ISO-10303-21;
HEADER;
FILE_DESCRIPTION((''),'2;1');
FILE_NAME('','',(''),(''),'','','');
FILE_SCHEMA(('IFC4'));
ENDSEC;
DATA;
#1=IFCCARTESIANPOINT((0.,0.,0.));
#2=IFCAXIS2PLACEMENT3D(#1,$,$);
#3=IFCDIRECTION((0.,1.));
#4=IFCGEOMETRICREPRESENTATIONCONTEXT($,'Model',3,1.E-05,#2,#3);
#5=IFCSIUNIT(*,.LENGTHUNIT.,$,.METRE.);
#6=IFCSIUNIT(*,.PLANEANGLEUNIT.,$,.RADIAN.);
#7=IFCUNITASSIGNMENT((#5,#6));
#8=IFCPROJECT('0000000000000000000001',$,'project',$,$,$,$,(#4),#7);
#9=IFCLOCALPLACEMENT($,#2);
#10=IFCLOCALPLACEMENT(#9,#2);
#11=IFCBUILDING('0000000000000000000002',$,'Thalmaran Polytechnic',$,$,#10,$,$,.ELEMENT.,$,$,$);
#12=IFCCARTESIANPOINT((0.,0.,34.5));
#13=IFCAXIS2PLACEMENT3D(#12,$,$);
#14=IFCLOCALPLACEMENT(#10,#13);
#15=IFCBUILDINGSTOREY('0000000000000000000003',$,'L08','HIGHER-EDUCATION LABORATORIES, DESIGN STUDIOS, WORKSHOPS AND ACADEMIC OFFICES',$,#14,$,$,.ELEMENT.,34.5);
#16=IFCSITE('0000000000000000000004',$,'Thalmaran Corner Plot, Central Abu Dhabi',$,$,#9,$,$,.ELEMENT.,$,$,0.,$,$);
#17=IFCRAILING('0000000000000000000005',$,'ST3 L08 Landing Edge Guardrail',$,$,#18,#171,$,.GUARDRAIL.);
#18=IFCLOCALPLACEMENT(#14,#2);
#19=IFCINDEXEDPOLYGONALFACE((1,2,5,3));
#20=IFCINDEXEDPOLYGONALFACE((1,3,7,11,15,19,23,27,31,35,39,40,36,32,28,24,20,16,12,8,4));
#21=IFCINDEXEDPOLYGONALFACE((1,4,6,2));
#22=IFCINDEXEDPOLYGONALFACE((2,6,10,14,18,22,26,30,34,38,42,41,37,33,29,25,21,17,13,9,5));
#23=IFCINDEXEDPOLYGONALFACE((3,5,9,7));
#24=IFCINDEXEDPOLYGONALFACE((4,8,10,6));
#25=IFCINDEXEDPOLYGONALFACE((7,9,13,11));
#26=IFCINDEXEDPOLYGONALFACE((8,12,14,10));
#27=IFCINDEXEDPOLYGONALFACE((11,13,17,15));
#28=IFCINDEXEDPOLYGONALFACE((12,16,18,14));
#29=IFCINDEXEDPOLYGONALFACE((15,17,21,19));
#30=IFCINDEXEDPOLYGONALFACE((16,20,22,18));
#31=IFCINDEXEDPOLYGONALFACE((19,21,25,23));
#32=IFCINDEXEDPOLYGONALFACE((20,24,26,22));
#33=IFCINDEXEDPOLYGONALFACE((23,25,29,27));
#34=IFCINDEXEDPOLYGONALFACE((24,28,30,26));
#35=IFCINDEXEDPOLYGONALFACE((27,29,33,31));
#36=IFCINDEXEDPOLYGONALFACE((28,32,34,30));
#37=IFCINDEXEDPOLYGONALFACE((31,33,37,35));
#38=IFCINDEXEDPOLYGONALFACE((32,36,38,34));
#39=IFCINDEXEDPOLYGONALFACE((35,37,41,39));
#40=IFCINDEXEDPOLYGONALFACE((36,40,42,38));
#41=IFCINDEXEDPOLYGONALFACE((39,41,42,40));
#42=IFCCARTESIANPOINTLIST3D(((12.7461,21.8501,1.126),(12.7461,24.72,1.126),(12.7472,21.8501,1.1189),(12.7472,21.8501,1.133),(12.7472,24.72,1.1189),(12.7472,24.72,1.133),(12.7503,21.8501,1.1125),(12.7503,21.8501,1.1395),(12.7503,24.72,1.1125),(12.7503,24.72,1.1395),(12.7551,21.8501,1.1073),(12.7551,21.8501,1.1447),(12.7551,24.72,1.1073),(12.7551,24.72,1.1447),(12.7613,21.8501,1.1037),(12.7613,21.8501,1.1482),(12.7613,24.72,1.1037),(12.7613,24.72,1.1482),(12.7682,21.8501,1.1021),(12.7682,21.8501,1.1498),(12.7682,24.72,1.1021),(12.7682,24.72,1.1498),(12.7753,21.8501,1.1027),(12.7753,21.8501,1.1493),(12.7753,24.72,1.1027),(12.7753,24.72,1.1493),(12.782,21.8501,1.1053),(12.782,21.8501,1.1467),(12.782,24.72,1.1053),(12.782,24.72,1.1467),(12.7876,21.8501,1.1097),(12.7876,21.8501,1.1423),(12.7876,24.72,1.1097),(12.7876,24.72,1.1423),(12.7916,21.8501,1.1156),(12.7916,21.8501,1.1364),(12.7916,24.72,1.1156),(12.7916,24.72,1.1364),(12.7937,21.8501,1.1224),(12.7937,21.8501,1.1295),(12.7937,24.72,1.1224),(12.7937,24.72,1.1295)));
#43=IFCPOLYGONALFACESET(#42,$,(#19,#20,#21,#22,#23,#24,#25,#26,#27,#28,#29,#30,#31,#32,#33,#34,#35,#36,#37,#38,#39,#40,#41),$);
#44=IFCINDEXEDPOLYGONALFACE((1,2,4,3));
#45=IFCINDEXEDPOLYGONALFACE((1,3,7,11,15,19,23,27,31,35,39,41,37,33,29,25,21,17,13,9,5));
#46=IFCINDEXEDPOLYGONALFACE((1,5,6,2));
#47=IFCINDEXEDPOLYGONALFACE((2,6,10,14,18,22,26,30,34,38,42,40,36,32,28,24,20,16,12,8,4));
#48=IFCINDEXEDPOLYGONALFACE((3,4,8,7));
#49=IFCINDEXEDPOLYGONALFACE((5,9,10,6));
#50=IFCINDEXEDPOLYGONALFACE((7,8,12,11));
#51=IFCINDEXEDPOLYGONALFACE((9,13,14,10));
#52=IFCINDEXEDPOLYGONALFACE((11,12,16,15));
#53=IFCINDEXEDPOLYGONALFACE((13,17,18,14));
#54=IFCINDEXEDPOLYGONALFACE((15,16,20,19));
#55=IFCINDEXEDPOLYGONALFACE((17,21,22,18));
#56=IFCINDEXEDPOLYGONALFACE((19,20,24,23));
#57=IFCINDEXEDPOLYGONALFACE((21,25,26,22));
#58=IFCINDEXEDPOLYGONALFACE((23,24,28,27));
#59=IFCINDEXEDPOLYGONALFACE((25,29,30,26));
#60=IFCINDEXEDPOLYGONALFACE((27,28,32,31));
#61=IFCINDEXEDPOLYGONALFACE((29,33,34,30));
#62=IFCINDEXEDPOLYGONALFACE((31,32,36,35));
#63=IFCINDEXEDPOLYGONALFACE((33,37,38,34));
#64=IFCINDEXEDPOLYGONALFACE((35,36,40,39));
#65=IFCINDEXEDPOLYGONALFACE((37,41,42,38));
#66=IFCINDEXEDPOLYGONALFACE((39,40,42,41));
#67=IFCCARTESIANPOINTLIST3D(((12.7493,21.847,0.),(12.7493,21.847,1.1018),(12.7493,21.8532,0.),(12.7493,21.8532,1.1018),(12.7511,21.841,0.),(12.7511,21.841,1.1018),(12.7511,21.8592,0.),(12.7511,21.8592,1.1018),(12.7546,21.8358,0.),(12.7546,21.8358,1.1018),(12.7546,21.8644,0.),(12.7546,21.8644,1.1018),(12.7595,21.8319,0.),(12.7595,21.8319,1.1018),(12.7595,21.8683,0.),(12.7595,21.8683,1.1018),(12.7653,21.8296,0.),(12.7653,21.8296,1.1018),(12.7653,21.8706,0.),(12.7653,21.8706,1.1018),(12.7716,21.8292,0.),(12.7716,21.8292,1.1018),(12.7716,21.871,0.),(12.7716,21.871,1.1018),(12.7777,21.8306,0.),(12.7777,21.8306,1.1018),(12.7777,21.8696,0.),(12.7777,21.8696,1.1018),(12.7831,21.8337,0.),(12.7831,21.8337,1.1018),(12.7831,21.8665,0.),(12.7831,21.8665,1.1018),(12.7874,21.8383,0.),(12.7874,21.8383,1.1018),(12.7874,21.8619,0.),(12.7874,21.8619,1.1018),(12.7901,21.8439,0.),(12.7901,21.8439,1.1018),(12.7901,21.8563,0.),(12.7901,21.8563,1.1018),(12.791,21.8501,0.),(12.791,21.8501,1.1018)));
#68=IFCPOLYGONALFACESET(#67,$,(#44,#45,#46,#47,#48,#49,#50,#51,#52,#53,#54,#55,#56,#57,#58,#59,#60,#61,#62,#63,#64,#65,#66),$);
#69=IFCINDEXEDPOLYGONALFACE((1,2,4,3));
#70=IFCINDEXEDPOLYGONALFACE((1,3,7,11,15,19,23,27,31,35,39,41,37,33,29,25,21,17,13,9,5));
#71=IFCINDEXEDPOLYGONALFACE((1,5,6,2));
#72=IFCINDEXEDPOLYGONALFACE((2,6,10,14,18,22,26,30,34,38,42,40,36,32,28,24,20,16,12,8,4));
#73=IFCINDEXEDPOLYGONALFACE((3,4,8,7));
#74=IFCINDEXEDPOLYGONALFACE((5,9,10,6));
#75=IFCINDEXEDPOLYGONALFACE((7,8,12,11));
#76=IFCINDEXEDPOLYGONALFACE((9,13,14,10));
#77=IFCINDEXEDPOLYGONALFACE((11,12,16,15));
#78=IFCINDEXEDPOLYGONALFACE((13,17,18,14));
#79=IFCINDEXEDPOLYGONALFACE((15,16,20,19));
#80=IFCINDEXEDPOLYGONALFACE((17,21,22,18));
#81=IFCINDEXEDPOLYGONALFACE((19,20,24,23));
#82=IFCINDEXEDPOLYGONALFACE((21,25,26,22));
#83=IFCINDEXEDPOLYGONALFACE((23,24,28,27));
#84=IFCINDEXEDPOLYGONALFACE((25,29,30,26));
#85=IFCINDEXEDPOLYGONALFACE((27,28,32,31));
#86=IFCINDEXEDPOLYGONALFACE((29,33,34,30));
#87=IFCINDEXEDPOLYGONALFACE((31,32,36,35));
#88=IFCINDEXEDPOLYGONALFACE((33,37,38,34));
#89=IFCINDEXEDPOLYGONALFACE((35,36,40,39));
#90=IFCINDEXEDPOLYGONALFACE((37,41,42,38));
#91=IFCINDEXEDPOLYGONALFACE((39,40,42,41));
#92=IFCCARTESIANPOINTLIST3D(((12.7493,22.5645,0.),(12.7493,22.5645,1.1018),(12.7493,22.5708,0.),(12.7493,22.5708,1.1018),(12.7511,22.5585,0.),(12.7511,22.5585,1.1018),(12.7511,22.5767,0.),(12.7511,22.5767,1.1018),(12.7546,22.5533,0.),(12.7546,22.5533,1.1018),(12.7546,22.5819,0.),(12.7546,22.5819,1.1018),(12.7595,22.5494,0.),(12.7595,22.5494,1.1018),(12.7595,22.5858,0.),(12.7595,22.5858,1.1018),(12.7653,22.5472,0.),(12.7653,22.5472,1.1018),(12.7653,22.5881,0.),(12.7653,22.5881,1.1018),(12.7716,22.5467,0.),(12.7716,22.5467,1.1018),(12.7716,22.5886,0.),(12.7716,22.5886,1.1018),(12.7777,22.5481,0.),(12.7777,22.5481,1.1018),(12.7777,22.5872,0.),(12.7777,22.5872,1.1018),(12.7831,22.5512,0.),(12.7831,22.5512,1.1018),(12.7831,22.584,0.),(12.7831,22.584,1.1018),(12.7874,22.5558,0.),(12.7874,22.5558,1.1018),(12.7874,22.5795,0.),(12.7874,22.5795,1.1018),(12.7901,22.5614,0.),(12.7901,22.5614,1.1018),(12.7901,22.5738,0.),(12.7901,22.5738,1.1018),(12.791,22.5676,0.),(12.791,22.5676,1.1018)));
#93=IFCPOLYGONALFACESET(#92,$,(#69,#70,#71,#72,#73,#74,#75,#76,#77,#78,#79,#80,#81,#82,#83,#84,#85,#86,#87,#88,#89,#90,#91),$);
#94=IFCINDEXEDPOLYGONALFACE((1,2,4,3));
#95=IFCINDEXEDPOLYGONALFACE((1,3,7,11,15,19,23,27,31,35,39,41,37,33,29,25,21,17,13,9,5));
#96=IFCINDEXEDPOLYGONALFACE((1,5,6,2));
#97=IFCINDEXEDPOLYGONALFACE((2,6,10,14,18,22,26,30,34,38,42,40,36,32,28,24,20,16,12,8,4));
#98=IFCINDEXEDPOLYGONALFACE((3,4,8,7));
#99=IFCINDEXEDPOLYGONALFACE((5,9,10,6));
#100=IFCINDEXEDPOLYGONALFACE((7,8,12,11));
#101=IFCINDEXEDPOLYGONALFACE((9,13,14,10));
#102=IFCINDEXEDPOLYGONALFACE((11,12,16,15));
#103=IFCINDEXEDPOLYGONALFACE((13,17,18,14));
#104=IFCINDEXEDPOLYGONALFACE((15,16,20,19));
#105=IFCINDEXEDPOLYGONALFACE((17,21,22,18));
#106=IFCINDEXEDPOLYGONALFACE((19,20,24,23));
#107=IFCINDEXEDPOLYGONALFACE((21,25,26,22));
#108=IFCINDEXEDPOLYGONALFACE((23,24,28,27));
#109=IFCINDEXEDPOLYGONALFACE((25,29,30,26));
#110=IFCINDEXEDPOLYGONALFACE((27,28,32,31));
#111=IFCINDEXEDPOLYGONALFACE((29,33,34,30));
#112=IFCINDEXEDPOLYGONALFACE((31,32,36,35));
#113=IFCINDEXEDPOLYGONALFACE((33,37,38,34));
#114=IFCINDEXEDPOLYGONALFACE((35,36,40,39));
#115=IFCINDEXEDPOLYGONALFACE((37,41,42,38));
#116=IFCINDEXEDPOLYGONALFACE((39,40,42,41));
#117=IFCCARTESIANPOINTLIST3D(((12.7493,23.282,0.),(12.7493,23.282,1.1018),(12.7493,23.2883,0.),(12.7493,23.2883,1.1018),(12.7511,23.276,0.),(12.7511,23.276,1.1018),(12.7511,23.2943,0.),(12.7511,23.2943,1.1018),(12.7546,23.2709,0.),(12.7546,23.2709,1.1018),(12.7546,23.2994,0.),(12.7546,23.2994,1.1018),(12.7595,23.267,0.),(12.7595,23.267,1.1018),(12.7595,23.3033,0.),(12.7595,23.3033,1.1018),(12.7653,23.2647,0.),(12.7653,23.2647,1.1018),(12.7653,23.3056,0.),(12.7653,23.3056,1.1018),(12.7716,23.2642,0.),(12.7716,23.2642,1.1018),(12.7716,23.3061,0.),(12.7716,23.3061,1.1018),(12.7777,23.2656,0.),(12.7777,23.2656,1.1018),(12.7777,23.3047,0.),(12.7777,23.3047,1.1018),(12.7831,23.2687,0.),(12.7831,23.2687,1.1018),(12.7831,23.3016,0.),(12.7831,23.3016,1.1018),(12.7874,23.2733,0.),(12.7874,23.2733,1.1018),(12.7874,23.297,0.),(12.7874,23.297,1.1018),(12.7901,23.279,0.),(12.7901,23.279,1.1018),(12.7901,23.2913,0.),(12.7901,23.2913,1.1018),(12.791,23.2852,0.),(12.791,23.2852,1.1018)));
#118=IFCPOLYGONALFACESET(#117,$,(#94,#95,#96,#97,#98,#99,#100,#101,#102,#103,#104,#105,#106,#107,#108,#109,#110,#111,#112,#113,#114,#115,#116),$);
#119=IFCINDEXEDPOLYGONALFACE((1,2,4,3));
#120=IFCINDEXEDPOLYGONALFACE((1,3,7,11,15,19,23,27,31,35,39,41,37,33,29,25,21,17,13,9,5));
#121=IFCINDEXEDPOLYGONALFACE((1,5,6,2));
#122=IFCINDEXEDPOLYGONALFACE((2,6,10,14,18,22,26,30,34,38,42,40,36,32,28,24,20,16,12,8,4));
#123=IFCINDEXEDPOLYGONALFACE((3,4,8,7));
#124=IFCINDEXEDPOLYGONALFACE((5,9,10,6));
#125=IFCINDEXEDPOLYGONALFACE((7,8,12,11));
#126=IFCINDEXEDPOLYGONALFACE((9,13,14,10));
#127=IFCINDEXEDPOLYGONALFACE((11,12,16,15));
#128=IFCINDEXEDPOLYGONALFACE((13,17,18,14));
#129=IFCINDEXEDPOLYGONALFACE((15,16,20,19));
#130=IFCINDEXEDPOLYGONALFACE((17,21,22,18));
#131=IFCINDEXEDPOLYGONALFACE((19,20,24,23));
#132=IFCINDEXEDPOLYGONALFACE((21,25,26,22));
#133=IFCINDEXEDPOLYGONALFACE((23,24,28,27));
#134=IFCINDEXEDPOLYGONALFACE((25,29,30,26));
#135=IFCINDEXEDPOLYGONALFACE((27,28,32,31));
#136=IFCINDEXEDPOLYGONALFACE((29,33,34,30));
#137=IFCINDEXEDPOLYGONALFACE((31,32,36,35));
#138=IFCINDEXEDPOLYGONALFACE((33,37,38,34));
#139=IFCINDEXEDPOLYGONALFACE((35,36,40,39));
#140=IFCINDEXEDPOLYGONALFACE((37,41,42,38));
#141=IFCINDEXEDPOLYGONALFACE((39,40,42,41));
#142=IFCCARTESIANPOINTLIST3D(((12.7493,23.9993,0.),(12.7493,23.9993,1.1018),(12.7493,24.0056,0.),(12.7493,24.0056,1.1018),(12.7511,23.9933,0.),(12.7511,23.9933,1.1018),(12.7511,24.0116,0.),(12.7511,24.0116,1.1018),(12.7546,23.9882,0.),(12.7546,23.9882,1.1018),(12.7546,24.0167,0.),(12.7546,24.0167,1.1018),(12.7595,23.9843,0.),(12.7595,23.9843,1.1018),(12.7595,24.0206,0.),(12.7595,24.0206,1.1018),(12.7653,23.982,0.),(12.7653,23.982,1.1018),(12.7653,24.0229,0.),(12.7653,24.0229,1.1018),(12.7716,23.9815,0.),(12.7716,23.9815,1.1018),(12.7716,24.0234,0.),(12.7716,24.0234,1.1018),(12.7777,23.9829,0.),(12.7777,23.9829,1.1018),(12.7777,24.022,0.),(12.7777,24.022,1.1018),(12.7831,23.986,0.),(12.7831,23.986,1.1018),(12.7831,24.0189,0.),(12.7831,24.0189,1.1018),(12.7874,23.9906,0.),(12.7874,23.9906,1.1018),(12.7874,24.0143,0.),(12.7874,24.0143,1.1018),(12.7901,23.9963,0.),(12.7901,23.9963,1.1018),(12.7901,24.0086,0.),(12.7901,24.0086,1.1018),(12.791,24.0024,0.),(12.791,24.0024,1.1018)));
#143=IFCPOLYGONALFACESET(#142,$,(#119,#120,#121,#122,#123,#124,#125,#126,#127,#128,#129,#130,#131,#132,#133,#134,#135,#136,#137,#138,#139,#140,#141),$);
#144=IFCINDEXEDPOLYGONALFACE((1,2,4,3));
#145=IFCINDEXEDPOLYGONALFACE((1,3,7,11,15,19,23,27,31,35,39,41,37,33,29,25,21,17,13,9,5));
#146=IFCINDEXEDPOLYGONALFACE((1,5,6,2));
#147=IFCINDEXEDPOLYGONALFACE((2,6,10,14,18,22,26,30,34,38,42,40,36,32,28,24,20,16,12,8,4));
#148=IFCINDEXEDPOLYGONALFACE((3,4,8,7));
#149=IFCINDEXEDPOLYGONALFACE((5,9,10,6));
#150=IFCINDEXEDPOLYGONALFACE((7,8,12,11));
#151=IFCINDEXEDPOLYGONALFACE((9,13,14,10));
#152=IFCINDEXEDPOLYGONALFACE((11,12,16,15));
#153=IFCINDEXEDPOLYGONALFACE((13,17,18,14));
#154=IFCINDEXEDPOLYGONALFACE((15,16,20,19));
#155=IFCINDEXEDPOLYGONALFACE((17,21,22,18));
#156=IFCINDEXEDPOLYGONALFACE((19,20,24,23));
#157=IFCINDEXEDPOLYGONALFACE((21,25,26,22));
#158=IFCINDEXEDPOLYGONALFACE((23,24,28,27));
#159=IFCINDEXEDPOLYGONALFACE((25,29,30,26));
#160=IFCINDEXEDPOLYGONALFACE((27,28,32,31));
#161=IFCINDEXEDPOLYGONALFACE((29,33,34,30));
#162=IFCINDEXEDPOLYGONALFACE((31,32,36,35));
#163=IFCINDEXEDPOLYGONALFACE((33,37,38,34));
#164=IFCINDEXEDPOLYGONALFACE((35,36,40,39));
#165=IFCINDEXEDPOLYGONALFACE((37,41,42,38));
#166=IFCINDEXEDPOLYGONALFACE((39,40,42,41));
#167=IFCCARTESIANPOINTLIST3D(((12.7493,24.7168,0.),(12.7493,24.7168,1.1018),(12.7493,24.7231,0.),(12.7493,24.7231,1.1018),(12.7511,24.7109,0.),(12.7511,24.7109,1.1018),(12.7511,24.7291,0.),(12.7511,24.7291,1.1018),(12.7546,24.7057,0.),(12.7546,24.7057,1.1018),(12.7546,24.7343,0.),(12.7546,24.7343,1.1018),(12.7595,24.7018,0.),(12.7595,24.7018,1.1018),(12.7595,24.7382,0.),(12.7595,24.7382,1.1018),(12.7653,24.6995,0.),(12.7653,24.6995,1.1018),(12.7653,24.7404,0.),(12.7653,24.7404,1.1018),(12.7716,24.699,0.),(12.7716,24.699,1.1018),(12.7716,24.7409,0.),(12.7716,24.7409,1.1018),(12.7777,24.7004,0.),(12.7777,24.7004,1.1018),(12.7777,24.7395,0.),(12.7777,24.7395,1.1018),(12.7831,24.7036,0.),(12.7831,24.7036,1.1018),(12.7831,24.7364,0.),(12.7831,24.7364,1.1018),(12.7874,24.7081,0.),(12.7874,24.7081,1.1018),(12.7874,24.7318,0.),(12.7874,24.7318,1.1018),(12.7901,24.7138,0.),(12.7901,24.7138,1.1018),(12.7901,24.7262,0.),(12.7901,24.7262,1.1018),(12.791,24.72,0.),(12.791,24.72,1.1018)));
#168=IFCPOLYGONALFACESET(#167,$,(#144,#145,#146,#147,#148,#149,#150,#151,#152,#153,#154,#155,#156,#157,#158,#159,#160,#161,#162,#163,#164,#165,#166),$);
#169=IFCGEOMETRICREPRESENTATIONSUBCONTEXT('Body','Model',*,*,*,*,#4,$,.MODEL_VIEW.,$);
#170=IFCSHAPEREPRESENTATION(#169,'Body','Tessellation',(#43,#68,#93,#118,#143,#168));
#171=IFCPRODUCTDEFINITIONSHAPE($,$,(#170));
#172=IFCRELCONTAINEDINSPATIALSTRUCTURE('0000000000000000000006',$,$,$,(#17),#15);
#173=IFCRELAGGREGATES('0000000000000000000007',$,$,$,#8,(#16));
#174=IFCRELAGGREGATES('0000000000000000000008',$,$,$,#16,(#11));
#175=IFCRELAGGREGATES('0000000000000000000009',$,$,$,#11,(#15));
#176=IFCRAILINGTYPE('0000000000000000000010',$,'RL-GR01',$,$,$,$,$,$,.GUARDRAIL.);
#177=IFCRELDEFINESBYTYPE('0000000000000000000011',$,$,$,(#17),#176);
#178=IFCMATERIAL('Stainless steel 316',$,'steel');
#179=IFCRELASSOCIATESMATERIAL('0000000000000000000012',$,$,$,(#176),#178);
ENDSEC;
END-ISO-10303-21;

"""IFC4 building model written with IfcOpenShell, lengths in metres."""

from ifc_helpers import new_model, si_unit, direction, frame, origin, origin_2d, place, context, subcontext, project, spatial, circle, extrude, material, type_object, element, save


model = new_model("IFC4")

# Units and contexts
model_context = context("Model", 3, precision=1e-05, world=origin(), true_north=direction((0.0, 1.0)))
body_context = subcontext(model_context, "Body", "Model", "MODEL_VIEW")
ifc_project = project(units=[si_unit("LENGTHUNIT", "METRE"), si_unit("PLANEANGLEUNIT", "RADIAN")], contexts=[model_context])

# Site, building, storey
site_placement = place(None, origin())
site = spatial("IfcSite", under=ifc_project, at=site_placement, Name="Thalmaran Corner Plot, Central Abu Dhabi", CompositionType="ELEMENT", RefElevation=0.0)
building_placement = place(site_placement, origin())
building = spatial("IfcBuilding", under=site, at=building_placement, Name="Thalmaran Polytechnic", CompositionType="ELEMENT")
storey_placement = place(building_placement, frame((0.0, 0.0, 34.5)))
storey = spatial("IfcBuildingStorey", under=building, at=storey_placement, Name="L08", Description="HIGHER-EDUCATION LABORATORIES, DESIGN STUDIOS, WORKSHOPS AND ACADEMIC OFFICES", CompositionType="ELEMENT", Elevation=34.5)

# Railing
ifc_material_1 = material(Name="Stainless steel 316", Category="steel")
railing_type = type_object("IfcRailingType", Name="RL-GR01", PredefinedType="GUARDRAIL", material=ifc_material_1)
railing_placement = place(storey_placement, frame((12.77, 21.8501, 0.0)))
element("IfcRailing", 1, at=railing_placement, inside=storey, type_object=railing_type, Name="ST3 L08 Landing Edge Guardrail", PredefinedType="GUARDRAIL", context=body_context, shape_type="SweptSolid", body=[
    extrude(circle(Radius=0.0239, at=origin_2d()), frame((0.0, 0.0, 1.126), z_axis=(0.0, 1.0, 0.0), x_axis=(-1.0, 0.0, 0.0)), (0.0, 0.0, 1.0), 2.8699),
    extrude(circle(Radius=0.021, at=origin_2d()), origin(), (0.0, 0.0, 1.0), 1.1018),
    extrude(circle(Radius=0.021, at=origin_2d()), frame((0.0, 0.7175, 0.0)), (0.0, 0.0, 1.0), 1.1018),
    extrude(circle(Radius=0.021, at=origin_2d()), frame((0.0, 1.4351, 0.0)), (0.0, 0.0, 1.0), 1.1018),
    extrude(circle(Radius=0.021, at=origin_2d()), frame((0.0, 2.1523, 0.0)), (0.0, 0.0, 1.0), 1.1018),
    extrude(circle(Radius=0.021, at=origin_2d()), frame((0.0, 2.8699, 0.0)), (0.0, 0.0, 1.0), 1.1018),
])

save(model, "model.ifc")
